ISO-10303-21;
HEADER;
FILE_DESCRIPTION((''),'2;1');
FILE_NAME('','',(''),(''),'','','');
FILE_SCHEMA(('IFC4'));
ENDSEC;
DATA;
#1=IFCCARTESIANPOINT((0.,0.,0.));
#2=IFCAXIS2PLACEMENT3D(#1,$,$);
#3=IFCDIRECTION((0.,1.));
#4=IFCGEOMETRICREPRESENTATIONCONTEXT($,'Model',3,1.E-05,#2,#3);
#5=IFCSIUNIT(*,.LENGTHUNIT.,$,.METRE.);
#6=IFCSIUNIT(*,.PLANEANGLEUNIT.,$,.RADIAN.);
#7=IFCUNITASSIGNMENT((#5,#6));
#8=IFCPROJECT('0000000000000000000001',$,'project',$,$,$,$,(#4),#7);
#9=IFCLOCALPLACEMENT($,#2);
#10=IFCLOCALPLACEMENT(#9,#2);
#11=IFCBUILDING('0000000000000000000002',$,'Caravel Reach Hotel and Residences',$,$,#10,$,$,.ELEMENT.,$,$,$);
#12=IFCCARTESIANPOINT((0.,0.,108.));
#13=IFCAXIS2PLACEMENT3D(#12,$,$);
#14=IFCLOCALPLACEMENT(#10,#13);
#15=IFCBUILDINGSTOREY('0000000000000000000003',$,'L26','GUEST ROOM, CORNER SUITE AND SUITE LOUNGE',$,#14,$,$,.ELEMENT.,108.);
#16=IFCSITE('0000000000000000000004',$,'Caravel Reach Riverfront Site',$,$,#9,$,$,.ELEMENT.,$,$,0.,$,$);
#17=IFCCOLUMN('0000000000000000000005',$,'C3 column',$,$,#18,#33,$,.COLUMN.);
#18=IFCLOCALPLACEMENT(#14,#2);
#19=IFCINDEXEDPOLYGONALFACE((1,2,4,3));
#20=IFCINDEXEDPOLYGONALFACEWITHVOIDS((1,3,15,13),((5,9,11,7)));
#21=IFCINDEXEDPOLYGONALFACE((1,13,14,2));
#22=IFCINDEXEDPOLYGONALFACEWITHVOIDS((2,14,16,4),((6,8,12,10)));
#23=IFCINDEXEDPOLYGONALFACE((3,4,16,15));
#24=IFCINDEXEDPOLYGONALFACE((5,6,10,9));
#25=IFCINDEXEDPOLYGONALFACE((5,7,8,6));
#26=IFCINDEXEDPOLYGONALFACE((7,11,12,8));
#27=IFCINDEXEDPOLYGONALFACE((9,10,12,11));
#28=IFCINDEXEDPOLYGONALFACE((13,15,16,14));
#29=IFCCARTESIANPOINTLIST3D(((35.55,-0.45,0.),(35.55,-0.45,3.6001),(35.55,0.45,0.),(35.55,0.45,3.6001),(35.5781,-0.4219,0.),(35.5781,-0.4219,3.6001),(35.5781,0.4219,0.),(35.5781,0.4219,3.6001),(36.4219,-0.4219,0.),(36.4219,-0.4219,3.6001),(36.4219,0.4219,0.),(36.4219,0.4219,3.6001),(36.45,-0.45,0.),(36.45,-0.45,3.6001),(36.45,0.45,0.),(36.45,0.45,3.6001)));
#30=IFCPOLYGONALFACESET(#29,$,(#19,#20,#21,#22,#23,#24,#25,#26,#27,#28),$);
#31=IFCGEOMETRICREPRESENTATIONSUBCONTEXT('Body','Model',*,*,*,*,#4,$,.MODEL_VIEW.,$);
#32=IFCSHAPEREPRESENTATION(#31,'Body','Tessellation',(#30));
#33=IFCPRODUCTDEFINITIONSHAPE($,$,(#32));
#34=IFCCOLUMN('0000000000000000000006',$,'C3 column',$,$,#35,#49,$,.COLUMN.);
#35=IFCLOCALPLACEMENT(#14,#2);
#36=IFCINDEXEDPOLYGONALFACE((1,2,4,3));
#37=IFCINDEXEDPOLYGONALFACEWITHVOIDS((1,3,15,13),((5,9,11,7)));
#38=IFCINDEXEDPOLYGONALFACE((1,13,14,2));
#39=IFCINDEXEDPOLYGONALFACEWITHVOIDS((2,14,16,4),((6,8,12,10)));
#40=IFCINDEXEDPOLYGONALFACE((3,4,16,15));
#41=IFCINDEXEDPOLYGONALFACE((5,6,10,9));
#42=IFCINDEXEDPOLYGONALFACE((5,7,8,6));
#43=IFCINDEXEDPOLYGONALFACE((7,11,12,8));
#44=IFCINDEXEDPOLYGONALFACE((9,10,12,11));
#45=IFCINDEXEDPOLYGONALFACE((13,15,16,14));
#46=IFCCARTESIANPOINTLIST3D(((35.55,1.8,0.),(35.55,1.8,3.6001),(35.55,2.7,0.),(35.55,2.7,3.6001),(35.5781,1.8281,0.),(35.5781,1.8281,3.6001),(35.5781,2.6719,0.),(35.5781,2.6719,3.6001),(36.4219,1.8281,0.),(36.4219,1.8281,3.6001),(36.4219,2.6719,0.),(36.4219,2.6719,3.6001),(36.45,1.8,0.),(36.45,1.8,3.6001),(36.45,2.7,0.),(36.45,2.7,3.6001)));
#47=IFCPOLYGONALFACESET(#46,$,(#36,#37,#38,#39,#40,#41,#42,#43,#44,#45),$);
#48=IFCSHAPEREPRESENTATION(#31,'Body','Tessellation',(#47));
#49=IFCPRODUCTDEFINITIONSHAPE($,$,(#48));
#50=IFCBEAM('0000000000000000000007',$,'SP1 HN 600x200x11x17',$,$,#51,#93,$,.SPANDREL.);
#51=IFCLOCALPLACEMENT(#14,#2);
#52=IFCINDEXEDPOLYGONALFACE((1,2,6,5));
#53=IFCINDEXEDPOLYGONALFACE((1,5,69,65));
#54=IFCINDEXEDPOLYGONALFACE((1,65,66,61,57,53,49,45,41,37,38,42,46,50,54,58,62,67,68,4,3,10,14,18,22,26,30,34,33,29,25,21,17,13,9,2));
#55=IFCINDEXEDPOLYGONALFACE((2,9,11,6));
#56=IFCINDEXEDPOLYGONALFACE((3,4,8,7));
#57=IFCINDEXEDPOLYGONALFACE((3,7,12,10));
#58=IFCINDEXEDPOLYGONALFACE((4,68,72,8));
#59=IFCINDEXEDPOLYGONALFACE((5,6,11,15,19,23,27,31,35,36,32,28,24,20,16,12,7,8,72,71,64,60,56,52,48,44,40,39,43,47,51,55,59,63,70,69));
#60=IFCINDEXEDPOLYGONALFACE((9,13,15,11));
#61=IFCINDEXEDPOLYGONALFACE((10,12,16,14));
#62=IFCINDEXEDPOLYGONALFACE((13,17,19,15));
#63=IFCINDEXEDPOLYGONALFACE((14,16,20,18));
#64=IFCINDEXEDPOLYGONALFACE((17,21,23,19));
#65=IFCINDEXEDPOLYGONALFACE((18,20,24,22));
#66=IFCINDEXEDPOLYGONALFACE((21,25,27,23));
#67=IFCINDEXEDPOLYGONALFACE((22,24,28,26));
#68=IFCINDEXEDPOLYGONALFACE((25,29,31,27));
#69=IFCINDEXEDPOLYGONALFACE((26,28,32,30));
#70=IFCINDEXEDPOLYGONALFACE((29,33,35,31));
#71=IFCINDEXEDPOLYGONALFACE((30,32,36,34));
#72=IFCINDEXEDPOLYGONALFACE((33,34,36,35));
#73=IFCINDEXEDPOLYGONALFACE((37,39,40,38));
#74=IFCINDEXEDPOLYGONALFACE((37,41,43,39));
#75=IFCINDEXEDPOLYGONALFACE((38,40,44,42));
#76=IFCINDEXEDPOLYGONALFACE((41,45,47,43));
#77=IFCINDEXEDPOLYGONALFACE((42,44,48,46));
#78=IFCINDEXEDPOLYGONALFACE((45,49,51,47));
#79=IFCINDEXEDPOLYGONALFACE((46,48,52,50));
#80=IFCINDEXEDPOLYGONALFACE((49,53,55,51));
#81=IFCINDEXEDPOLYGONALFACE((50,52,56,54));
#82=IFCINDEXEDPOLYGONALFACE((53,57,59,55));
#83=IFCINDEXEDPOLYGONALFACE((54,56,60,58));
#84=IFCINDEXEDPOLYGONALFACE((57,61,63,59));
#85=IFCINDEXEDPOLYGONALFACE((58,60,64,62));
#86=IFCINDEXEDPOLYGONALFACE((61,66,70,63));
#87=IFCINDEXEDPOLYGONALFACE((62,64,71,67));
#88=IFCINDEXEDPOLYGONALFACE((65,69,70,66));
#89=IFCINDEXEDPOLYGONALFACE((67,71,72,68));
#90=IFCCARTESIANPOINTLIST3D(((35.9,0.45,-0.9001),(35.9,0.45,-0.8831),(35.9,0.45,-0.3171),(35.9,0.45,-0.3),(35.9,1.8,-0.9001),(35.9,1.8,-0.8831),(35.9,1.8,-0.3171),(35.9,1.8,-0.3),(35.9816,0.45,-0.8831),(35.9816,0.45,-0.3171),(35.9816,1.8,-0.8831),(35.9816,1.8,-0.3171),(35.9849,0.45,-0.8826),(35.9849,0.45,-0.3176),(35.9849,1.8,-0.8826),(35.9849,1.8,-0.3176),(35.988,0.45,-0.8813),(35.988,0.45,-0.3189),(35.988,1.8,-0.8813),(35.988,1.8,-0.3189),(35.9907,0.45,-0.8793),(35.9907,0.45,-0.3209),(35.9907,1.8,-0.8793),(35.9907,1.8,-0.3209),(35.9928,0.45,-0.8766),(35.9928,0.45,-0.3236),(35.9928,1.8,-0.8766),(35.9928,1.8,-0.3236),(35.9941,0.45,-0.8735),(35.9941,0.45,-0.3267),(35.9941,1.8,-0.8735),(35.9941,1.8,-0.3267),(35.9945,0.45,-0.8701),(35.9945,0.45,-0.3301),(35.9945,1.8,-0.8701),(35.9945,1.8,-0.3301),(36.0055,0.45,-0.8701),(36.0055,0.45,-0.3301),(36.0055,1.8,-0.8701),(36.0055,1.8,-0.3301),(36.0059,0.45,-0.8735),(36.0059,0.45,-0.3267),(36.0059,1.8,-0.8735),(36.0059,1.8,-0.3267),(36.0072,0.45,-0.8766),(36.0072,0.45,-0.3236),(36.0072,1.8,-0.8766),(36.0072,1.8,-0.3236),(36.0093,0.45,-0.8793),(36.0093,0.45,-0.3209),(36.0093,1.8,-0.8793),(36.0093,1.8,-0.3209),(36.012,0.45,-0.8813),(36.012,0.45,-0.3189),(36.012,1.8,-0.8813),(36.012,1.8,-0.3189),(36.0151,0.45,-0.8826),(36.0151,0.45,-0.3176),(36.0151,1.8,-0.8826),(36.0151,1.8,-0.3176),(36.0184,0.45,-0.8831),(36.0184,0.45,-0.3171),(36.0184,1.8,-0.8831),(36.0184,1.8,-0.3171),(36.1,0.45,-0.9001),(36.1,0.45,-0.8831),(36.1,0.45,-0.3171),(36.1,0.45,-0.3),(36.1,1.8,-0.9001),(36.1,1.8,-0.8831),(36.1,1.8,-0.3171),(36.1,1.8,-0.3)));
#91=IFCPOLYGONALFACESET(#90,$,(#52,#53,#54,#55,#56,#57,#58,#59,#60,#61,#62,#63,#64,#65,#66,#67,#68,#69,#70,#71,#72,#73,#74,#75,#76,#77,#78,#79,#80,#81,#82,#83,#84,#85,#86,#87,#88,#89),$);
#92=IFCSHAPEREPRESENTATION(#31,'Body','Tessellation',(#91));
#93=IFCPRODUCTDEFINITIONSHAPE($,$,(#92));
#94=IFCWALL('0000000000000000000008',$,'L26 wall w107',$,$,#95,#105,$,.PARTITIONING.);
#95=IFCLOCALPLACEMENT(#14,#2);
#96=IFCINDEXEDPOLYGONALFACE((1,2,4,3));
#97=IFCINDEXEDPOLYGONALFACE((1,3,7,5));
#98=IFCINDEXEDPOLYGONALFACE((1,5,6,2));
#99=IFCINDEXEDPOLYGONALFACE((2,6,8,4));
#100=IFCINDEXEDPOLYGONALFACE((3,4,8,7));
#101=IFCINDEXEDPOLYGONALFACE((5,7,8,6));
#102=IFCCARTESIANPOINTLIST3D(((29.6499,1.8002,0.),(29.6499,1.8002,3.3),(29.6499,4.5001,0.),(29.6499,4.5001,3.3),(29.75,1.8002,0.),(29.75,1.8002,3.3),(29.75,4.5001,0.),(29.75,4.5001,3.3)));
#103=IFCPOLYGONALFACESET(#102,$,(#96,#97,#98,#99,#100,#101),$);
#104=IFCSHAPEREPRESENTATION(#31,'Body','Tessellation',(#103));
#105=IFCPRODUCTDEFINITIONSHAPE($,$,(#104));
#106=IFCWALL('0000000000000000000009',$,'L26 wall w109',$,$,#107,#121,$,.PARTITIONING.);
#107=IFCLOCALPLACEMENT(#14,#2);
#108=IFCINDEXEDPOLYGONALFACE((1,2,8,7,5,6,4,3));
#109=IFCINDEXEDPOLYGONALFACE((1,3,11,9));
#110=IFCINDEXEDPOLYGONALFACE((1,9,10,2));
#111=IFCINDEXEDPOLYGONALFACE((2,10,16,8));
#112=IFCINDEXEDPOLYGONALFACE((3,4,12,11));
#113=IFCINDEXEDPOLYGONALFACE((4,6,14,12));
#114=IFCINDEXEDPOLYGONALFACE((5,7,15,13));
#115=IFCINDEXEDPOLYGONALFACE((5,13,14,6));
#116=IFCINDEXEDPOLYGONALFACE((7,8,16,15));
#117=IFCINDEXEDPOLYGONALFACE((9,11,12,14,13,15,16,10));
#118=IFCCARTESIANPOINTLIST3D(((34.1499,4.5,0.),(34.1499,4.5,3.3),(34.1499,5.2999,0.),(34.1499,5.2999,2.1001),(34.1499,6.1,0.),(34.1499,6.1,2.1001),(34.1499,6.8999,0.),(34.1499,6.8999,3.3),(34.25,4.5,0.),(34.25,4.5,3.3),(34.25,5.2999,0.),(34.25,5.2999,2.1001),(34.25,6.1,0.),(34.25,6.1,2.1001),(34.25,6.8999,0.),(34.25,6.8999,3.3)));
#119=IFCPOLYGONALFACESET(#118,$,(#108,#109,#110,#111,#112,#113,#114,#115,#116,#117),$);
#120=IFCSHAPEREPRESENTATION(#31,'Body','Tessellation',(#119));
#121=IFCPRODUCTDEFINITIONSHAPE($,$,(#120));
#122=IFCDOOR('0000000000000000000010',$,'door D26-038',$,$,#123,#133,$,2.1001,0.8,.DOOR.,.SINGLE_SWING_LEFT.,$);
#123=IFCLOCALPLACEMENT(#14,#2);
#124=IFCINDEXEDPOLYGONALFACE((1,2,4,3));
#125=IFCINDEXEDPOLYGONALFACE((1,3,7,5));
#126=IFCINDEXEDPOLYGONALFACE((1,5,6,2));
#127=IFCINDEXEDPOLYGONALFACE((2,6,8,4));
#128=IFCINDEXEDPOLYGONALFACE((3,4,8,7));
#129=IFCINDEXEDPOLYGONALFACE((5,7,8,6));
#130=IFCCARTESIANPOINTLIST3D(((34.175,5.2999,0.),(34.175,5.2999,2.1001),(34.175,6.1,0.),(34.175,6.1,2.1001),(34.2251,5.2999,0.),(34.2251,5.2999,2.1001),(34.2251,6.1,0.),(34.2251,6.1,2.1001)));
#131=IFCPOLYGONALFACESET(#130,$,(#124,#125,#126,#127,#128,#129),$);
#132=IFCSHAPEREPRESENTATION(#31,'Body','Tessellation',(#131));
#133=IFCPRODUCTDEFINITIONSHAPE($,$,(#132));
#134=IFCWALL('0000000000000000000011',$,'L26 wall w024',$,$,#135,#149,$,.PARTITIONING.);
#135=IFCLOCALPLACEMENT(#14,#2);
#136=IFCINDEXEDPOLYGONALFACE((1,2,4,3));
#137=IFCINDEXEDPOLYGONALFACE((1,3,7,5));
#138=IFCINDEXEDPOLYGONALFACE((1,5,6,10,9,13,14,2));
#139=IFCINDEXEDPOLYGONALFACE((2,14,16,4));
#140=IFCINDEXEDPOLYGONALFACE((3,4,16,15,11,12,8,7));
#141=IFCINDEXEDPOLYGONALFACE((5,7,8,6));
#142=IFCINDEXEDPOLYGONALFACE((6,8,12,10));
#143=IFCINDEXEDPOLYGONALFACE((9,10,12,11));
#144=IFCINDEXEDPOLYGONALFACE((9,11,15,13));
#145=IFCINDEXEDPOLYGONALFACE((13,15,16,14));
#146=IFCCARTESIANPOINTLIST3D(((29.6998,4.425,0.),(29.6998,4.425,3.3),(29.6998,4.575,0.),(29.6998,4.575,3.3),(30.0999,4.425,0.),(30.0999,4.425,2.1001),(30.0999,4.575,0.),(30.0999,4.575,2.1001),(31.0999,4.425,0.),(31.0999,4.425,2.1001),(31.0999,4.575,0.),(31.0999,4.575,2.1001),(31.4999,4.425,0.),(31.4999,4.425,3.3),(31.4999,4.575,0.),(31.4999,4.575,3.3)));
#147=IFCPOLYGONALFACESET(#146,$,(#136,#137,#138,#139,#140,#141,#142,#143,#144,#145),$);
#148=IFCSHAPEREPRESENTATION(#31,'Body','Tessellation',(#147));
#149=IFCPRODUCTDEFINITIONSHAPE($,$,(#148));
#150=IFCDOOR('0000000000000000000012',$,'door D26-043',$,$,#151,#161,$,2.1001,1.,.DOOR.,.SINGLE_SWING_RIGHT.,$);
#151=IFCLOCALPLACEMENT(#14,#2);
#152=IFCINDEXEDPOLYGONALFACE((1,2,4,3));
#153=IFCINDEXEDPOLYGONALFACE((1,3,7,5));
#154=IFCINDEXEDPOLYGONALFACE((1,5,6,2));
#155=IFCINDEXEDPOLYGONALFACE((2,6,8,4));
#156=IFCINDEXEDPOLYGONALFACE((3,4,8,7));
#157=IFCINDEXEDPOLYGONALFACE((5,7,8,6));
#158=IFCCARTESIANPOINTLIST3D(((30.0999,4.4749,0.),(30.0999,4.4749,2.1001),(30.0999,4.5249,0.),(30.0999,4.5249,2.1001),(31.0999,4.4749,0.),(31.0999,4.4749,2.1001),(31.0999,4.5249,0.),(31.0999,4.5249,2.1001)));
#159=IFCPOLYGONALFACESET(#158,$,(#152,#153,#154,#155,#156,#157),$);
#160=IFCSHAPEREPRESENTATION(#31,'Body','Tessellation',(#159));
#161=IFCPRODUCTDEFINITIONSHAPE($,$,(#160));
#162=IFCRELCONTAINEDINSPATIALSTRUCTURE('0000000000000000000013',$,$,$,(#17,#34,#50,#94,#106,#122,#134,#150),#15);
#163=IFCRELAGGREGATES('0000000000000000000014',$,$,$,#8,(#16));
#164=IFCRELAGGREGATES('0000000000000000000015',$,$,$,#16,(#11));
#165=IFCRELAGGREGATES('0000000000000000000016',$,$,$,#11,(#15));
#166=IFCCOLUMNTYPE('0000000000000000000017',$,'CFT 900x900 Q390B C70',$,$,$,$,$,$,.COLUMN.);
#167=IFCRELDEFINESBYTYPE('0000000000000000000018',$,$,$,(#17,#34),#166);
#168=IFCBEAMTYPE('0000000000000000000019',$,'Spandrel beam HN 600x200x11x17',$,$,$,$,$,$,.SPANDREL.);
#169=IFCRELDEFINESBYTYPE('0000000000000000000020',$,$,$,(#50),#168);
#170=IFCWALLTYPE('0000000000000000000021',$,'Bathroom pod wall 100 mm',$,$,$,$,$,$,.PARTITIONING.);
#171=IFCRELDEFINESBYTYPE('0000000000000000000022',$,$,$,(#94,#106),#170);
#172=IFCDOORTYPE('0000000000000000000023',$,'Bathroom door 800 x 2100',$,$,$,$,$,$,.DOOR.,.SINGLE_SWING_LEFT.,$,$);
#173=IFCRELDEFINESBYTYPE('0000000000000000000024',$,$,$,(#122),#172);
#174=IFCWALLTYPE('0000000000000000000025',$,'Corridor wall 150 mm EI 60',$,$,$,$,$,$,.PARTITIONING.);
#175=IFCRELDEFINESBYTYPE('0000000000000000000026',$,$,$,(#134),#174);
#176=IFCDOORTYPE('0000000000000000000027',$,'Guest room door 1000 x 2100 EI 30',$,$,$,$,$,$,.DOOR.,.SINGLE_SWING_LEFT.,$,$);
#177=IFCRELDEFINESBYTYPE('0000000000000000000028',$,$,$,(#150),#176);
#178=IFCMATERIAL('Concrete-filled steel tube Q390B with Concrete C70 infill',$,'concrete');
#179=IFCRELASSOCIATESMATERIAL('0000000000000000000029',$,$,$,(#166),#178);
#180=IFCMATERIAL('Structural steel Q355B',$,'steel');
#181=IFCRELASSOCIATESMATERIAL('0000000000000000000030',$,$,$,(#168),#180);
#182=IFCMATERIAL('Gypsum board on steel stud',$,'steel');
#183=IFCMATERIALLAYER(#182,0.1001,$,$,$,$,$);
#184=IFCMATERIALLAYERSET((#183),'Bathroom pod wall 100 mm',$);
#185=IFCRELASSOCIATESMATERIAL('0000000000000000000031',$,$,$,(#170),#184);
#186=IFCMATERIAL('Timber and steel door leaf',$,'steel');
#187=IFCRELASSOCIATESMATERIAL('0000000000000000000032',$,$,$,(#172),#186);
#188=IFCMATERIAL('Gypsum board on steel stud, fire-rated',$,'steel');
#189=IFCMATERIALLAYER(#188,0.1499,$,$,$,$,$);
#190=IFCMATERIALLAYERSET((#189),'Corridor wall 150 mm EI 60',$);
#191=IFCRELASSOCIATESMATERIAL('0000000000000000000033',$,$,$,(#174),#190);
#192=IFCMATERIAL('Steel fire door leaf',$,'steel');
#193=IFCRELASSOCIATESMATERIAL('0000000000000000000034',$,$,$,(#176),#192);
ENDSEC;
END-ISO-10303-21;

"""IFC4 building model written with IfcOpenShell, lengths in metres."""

from ifc_helpers import new_model, si_unit, direction, frame, frame_2d, origin, origin_2d, place, context, subcontext, project, spatial, rectangle, hollow_rectangle, i_section, extrude, material, layer, layer_set, material_profile, profile_set, type_object, element, fill, save


model = new_model("IFC4")

# Units and contexts
model_context = context("Model", 3, precision=1e-05, world=origin(), true_north=direction((0.0, 1.0)))
body_context = subcontext(model_context, "Body", "Model", "MODEL_VIEW")
ifc_project = project(units=[si_unit("LENGTHUNIT", "METRE"), si_unit("PLANEANGLEUNIT", "RADIAN")], contexts=[model_context])

# Site, building, storey
site_placement = place(None, origin())
site = spatial("IfcSite", under=ifc_project, at=site_placement, Name="Caravel Reach Riverfront Site", CompositionType="ELEMENT", RefElevation=0.0)
building_placement = place(site_placement, origin())
building = spatial("IfcBuilding", under=site, at=building_placement, Name="Caravel Reach Hotel and Residences", CompositionType="ELEMENT")
storey_placement = place(building_placement, frame((0.0, 0.0, 108.0)))
storey = spatial("IfcBuildingStorey", under=building, at=storey_placement, Name="L26", Description="GUEST ROOM, CORNER SUITE AND SUITE LOUNGE", CompositionType="ELEMENT", Elevation=108.0)

# Columns
ifc_material_1 = material(Name="Concrete-filled steel tube Q390B with Concrete C70 infill", Category="concrete")
ifc_material_profile_1 = material_profile(ifc_material_1, hollow_rectangle(XDim=0.8999, YDim=0.8999, WallThickness=0.0281, at=origin_2d()), Name="RHS 900x900x28")
ifc_profile_set_1 = profile_set([ifc_material_profile_1], Name="Concrete-filled steel tube Q390B with Concrete C70 infill")
column_type = type_object("IfcColumnType", Name="CFT 900x900 Q390B C70", PredefinedType="COLUMN", material=ifc_profile_set_1)
for number, where, z_axis, x_axis, name in (
    (1, (36.0, 0.0, 0.0), (0.0, 0.0, 1.0), (1.0, 0.0, 0.0), "C3 column"),
    (2, (36.0, 2.25, 0.0), (0.0, 0.0, 1.0), (1.0, 0.0, 0.0), "C3 column"),
):
    element("IfcColumn", number, at=place(storey_placement, frame(where, z_axis=z_axis, x_axis=x_axis)), inside=storey, type_object=column_type, Name=name, PredefinedType="COLUMN", context=body_context, shape_type="SweptSolid", body=[
        extrude(hollow_rectangle(XDim=0.8999, YDim=0.8999, WallThickness=0.0281, at=origin_2d()), origin(), (0.0, 0.0, 1.0), 3.6001),
    ])

# Beam
ifc_material_2 = material(Name="Structural steel Q355B", Category="steel")
ifc_material_profile_2 = material_profile(ifc_material_2, i_section(OverallWidth=0.2, OverallDepth=0.6001, WebThickness=0.011, FlangeThickness=0.0171, FilletRadius=0.0129, at=origin_2d()), Name="HN 600x200x11x17")
ifc_profile_set_2 = profile_set([ifc_material_profile_2], Name="Structural steel Q355B")
beam_type = type_object("IfcBeamType", Name="Spandrel beam HN 600x200x11x17", PredefinedType="SPANDREL", material=ifc_profile_set_2)
beam_placement = place(storey_placement, frame((36.0, 0.45, -0.6001), z_axis=(0.0, 1.0, 0.0), x_axis=(-1.0, 0.0, 0.0)))
element("IfcBeam", 3, at=beam_placement, inside=storey, type_object=beam_type, Name="SP1 HN 600x200x11x17", PredefinedType="SPANDREL", context=body_context, shape_type="SweptSolid", body=[
    extrude(i_section(OverallWidth=0.2, OverallDepth=0.6001, WebThickness=0.011, FlangeThickness=0.0171, FilletRadius=0.0129, at=origin_2d()), origin(), (0.0, 0.0, 1.0), 1.3501),
])

# Wall
ifc_material_3 = material(Name="Gypsum board on steel stud", Category="steel")
ifc_layer_1 = layer(ifc_material_3, 0.1001)
ifc_layer_set_1 = layer_set([ifc_layer_1], Name="Bathroom pod wall 100 mm")
wall_type_1 = type_object("IfcWallType", Name="Bathroom pod wall 100 mm", PredefinedType="PARTITIONING", material=ifc_layer_set_1)
wall_1_placement = place(storey_placement, frame((29.7, 1.8, 0.0), z_axis=(0.0, 0.0, 1.0), x_axis=(0.0, 1.0, 0.0)))
element("IfcWall", 4, at=wall_1_placement, inside=storey, type_object=wall_type_1, Name="L26 wall w107", PredefinedType="PARTITIONING", context=body_context, shape_type="SweptSolid", body=[
    extrude(rectangle(XDim=2.7, YDim=0.1001, at=frame_2d((1.3501, 0.0))), origin(), (0.0, 0.0, 1.0), 3.3),
])

# Walls, openings, doors
wall_2_placement = place(storey_placement, frame((34.2, 4.5, 0.0), z_axis=(0.0, 0.0, 1.0), x_axis=(0.0, 1.0, 0.0)))
wall_2 = element("IfcWall", 5, at=wall_2_placement, inside=storey, type_object=wall_type_1, Name="L26 wall w109", PredefinedType="PARTITIONING", context=body_context, shape_type="SweptSolid", body=[
    extrude(rectangle(XDim=2.3999, YDim=0.1001, at=frame_2d((1.2, 0.0))), origin(), (0.0, 0.0, 1.0), 3.3),
])
opening_1_placement = place(wall_2_placement, frame((0.8, 0.0, 0.0)))
opening_1 = element("IfcOpeningElement", 6, at=opening_1_placement, cuts=wall_2, PredefinedType="OPENING", context=body_context, shape_type="SweptSolid", body=[
    extrude(rectangle(XDim=0.8, YDim=2.1001, at=frame_2d((0.3999, 1.05))), frame((0.0, 0.0601, 0.0), z_axis=(0.0, -1.0, 0.0), x_axis=(1.0, 0.0, 0.0)), (0.0, 0.0, 1.0), 0.1201),
])
ifc_material_4 = material(Name="Timber and steel door leaf", Category="steel")
door_type_1 = type_object("IfcDoorType", Name="Bathroom door 800 x 2100", OperationType="SINGLE_SWING_LEFT", PredefinedType="DOOR", material=ifc_material_4)
door_1_placement = place(opening_1_placement, origin())
door_1 = element("IfcDoor", 7, at=door_1_placement, inside=storey, type_object=door_type_1, Name="door D26-038", OperationType="SINGLE_SWING_LEFT", OverallHeight=2.1001, OverallWidth=0.8, PredefinedType="DOOR", context=body_context, shape_type="SweptSolid", body=[
    extrude(rectangle(XDim=0.8, YDim=2.1001, at=frame_2d((0.3999, 1.05))), frame((0.0, 0.0249, 0.0), z_axis=(0.0, -1.0, 0.0), x_axis=(1.0, 0.0, 0.0)), (0.0, 0.0, 1.0), 0.05),
])
fill(opening_1, door_1)
ifc_material_5 = material(Name="Gypsum board on steel stud, fire-rated", Category="steel")
ifc_layer_2 = layer(ifc_material_5, 0.1499)
ifc_layer_set_2 = layer_set([ifc_layer_2], Name="Corridor wall 150 mm EI 60")
wall_type_2 = type_object("IfcWallType", Name="Corridor wall 150 mm EI 60", PredefinedType="PARTITIONING", material=ifc_layer_set_2)
wall_3_placement = place(storey_placement, frame((29.7, 4.5, 0.0), z_axis=(0.0, 0.0, 1.0), x_axis=(1.0, 0.0, 0.0)))
wall_3 = element("IfcWall", 8, at=wall_3_placement, inside=storey, type_object=wall_type_2, Name="L26 wall w024", PredefinedType="PARTITIONING", context=body_context, shape_type="SweptSolid", body=[
    extrude(rectangle(XDim=1.8, YDim=0.1499, at=frame_2d((0.8999, 0.0))), origin(), (0.0, 0.0, 1.0), 3.3),
])
opening_2_placement = place(wall_3_placement, frame((0.3999, 0.0, 0.0)))
opening_2 = element("IfcOpeningElement", 9, at=opening_2_placement, cuts=wall_3, PredefinedType="OPENING", context=body_context, shape_type="SweptSolid", body=[
    extrude(rectangle(XDim=1.0, YDim=2.1001, at=frame_2d((0.5, 1.05))), frame((0.0, 0.085, 0.0), z_axis=(0.0, -1.0, 0.0), x_axis=(1.0, 0.0, 0.0)), (0.0, 0.0, 1.0), 0.1699),
])
ifc_material_6 = material(Name="Steel fire door leaf", Category="steel")
door_type_2 = type_object("IfcDoorType", Name="Guest room door 1000 x 2100 EI 30", OperationType="SINGLE_SWING_LEFT", PredefinedType="DOOR", material=ifc_material_6)
door_2_placement = place(opening_2_placement, origin())
door_2 = element("IfcDoor", 10, at=door_2_placement, inside=storey, type_object=door_type_2, Name="door D26-043", OperationType="SINGLE_SWING_RIGHT", OverallHeight=2.1001, OverallWidth=1.0, PredefinedType="DOOR", context=body_context, shape_type="SweptSolid", body=[
    extrude(rectangle(XDim=1.0, YDim=2.1001, at=frame_2d((0.5, 1.05))), frame((0.0, 0.0249, 0.0), z_axis=(0.0, -1.0, 0.0), x_axis=(1.0, 0.0, 0.0)), (0.0, 0.0, 1.0), 0.05),
])
fill(opening_2, door_2)

save(model, "model.ifc")
